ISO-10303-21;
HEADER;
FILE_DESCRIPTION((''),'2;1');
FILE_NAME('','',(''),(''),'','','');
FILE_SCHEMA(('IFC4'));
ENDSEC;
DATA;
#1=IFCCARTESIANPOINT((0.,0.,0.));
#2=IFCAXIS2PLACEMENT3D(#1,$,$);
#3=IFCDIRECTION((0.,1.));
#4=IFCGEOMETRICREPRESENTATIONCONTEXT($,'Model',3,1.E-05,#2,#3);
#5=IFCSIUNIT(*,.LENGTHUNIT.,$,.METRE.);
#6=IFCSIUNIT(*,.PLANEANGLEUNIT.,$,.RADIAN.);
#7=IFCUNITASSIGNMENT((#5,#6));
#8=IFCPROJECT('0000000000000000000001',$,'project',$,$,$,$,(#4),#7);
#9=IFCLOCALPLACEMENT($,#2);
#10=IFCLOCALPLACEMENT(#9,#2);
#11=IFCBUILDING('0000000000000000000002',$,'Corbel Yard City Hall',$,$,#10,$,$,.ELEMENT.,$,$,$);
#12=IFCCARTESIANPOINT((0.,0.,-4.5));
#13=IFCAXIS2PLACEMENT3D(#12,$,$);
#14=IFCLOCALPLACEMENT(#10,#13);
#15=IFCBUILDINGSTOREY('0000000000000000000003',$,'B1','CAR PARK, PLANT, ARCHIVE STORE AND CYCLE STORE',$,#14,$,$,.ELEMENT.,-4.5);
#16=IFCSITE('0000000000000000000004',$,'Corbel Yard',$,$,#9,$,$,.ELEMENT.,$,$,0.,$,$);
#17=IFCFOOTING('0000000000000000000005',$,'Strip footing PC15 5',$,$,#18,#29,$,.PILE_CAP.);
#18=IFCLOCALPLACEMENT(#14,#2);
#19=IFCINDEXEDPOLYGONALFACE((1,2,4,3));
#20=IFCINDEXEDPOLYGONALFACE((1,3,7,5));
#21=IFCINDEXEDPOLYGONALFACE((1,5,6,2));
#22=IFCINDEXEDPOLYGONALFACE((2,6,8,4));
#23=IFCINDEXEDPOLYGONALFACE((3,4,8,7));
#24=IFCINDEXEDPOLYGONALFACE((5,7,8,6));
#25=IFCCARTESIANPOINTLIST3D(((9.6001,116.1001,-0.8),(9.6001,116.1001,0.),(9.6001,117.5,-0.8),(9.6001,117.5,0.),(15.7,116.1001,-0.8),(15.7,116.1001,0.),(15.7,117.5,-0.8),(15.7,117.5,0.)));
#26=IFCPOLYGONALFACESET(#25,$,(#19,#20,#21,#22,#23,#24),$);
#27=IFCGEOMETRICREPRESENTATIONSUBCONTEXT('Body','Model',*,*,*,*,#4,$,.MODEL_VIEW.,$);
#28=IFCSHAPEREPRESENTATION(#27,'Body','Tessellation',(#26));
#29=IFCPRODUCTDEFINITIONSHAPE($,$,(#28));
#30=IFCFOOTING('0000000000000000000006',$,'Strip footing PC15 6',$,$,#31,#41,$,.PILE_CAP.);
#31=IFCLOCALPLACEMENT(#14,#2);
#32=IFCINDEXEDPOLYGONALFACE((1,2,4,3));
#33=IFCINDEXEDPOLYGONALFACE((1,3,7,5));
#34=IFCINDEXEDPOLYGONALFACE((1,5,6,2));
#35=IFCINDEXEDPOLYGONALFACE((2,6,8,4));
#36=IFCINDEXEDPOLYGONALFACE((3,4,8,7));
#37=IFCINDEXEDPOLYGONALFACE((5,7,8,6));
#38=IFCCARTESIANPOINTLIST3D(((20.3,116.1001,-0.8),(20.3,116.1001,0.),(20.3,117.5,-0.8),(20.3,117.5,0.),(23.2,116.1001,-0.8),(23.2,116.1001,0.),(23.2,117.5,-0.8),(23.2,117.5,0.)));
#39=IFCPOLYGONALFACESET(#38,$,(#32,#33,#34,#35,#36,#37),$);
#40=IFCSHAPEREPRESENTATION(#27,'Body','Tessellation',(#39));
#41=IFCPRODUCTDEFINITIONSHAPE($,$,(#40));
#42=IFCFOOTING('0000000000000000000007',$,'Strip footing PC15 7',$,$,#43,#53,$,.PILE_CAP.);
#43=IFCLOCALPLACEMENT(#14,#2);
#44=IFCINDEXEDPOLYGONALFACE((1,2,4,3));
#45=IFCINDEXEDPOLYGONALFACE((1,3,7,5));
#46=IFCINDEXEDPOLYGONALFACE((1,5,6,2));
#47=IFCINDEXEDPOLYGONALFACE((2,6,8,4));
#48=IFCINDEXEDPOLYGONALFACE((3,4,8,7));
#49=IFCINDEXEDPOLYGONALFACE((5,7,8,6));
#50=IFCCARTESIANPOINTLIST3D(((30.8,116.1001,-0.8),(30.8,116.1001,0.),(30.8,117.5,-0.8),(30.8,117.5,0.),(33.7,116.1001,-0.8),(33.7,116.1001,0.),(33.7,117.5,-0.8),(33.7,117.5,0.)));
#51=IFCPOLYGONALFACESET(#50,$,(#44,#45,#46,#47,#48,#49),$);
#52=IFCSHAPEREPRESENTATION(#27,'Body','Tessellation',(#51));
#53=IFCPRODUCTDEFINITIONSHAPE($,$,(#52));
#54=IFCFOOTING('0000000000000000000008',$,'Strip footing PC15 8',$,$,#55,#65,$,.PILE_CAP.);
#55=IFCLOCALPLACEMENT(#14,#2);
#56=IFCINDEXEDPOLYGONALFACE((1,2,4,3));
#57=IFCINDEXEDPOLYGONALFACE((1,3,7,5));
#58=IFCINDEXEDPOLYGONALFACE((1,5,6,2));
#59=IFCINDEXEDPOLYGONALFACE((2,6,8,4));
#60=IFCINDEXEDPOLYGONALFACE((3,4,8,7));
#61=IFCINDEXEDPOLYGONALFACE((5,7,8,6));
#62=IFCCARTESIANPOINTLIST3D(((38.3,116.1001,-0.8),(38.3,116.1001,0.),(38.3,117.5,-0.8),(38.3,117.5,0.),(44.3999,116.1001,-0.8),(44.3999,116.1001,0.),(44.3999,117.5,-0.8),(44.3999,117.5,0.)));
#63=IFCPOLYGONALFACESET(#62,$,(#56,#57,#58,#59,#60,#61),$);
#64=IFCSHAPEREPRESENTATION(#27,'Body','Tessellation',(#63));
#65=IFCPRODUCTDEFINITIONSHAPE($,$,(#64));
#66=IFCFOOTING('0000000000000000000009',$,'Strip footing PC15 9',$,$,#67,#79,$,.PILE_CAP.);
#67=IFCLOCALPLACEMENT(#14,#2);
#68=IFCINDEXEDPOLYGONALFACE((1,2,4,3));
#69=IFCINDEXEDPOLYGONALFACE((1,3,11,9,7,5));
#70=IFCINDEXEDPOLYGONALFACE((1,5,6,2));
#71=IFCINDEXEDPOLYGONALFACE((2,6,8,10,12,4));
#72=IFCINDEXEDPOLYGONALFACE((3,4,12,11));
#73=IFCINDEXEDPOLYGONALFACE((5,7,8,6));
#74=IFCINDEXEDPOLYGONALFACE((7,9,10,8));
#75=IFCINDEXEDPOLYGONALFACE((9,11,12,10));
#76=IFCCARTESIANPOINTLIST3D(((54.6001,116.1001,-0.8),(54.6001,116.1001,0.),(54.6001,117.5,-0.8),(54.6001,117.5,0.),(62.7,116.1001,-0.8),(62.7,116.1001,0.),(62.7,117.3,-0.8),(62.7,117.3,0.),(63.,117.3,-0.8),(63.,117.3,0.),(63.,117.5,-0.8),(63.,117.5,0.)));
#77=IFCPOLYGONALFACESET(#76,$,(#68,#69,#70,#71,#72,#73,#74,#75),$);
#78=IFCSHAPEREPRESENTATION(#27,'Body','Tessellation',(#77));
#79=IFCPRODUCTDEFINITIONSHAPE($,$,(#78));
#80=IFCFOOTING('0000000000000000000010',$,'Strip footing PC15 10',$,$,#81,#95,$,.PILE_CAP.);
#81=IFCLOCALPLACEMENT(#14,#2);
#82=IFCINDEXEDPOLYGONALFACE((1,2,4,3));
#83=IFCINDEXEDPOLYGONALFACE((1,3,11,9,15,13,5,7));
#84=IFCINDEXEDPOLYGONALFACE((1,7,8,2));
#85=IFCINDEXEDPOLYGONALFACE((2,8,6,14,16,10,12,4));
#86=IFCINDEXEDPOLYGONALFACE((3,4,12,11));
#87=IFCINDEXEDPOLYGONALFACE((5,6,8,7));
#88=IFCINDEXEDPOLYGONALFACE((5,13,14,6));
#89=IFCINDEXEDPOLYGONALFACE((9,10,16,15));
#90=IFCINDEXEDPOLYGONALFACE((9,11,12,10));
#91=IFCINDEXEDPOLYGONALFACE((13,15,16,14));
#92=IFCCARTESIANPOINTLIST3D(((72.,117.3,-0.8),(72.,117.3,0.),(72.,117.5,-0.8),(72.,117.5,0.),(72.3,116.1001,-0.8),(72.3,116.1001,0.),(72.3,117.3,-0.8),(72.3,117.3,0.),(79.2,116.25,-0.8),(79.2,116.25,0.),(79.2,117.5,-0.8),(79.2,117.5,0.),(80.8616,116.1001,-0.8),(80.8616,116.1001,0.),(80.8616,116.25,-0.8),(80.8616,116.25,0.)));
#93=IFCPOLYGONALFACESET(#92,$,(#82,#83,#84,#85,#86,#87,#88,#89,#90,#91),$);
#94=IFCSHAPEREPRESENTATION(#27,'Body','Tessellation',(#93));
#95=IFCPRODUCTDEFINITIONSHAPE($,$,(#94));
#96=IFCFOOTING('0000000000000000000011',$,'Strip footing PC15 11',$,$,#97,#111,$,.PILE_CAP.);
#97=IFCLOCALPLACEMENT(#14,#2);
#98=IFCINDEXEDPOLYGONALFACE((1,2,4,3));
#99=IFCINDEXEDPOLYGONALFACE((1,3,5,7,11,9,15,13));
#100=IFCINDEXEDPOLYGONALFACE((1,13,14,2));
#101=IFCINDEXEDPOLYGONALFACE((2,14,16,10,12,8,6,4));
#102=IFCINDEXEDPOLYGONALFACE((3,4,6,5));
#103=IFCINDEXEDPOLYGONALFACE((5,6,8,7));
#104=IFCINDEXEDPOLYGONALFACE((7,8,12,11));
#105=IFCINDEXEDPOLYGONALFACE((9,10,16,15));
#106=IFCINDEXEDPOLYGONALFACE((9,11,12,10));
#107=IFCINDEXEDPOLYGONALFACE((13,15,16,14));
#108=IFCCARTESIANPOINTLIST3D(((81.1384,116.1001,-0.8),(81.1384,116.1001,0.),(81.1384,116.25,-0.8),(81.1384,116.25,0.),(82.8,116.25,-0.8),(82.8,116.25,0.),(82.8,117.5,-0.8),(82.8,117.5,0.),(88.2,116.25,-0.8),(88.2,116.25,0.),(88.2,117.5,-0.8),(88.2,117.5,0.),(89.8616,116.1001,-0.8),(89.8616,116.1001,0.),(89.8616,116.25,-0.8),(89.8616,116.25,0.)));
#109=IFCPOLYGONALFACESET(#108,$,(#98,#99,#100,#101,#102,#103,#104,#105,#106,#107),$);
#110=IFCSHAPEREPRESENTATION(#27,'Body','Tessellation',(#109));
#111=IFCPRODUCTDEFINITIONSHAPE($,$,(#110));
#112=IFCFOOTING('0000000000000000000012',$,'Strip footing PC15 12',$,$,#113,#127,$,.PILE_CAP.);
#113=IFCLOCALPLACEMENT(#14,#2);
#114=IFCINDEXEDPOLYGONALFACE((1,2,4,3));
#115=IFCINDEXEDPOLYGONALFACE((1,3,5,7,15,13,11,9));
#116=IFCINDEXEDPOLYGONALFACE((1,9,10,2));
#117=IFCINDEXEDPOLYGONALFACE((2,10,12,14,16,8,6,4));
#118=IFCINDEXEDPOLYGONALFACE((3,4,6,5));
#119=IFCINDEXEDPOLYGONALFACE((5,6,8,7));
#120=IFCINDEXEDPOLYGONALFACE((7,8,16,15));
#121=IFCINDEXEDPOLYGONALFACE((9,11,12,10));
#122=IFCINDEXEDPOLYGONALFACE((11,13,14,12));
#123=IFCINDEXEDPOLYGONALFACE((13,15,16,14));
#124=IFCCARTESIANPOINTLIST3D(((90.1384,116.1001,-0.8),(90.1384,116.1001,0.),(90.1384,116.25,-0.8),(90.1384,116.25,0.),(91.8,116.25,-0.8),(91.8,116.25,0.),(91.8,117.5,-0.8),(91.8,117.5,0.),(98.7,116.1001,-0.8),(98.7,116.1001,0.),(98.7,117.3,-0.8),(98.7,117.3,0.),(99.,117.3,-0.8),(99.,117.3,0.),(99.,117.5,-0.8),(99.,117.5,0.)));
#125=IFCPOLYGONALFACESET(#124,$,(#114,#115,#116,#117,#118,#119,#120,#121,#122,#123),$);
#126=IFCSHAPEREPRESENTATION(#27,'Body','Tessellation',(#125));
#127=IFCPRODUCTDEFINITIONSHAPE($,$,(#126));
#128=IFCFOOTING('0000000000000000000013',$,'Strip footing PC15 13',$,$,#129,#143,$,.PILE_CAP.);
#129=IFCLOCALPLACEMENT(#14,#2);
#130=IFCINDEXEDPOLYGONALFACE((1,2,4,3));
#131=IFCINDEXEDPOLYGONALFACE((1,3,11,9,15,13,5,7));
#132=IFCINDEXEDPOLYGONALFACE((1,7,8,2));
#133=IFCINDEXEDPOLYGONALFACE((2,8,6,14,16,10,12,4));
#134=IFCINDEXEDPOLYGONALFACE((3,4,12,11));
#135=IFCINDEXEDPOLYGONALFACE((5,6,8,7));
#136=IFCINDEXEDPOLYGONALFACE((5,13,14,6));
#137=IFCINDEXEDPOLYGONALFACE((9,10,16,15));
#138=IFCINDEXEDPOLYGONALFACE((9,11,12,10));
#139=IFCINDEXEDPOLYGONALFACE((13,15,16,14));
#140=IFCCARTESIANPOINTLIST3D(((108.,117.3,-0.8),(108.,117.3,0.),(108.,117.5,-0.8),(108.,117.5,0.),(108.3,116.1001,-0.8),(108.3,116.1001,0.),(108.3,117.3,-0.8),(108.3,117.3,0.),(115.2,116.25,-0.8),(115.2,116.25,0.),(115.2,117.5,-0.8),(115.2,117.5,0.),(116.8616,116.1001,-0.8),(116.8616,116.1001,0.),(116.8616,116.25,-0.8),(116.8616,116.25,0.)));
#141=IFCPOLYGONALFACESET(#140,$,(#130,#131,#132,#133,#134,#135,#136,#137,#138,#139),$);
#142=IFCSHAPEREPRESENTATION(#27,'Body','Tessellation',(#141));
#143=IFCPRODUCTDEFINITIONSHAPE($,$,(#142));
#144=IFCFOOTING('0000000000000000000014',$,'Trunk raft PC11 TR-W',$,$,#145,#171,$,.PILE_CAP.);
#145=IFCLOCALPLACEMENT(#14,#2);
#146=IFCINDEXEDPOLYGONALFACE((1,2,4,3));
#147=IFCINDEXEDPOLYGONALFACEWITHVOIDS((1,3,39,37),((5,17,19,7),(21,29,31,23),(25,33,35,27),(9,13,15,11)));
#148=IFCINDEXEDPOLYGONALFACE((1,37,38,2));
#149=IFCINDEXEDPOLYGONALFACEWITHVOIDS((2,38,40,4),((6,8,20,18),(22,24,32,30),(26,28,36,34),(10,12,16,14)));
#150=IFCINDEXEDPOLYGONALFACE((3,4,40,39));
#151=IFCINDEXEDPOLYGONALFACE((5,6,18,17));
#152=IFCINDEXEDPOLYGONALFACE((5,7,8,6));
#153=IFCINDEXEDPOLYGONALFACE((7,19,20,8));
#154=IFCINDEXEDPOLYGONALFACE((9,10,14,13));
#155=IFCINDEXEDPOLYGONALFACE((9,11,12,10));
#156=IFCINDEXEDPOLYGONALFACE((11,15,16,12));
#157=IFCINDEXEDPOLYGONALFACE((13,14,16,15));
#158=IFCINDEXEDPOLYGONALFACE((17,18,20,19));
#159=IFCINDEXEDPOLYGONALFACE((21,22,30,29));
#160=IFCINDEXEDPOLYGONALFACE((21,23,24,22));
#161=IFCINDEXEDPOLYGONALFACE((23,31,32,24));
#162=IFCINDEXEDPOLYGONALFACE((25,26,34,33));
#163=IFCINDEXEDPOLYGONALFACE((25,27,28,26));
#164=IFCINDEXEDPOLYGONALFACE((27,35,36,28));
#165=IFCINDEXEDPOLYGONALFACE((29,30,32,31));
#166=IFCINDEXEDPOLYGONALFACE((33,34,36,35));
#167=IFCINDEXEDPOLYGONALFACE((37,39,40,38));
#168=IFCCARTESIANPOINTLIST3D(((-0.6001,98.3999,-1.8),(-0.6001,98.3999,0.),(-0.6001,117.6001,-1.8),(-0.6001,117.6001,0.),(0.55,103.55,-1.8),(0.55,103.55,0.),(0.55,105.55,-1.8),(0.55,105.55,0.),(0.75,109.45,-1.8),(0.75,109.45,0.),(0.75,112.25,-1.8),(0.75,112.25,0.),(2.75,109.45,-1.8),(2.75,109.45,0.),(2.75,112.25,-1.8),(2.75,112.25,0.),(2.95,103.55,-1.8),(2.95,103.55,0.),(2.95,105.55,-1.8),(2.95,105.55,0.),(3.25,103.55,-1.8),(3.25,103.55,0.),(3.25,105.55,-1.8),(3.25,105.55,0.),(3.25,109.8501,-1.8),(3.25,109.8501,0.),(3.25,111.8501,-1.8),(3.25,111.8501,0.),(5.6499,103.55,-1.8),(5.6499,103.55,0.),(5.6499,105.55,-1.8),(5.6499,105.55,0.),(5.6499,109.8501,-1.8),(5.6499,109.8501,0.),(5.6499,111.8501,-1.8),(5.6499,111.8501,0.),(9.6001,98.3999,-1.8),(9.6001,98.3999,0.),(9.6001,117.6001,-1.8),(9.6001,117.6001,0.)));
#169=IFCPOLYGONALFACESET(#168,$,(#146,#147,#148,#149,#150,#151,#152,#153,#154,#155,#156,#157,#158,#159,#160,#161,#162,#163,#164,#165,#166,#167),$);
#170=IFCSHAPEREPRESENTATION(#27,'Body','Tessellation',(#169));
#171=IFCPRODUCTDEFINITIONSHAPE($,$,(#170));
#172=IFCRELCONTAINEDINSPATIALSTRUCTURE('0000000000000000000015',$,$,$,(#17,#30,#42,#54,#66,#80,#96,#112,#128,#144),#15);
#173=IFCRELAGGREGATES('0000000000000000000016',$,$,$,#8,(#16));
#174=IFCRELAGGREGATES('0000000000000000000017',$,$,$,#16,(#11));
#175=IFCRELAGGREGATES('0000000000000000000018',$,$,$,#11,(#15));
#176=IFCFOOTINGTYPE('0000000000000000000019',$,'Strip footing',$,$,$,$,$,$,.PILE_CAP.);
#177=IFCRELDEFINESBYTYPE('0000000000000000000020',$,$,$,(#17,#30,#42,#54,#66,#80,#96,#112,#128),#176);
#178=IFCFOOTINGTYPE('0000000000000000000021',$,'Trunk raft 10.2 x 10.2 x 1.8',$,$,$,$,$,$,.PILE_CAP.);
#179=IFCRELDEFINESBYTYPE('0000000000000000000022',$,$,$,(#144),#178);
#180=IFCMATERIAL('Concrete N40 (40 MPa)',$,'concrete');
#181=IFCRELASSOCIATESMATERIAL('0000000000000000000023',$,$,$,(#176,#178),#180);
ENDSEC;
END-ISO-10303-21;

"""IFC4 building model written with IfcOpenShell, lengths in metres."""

from ifc_helpers import new_model, si_unit, direction, frame, origin, place, context, subcontext, project, spatial, polyline, outline, extrude, material, type_object, element, save


model = new_model("IFC4")

# Units and contexts
model_context = context("Model", 3, precision=1e-05, world=origin(), true_north=direction((0.0, 1.0)))
body_context = subcontext(model_context, "Body", "Model", "MODEL_VIEW")
ifc_project = project(units=[si_unit("LENGTHUNIT", "METRE"), si_unit("PLANEANGLEUNIT", "RADIAN")], contexts=[model_context])

# Site, building, storey
site_placement = place(None, origin())
site = spatial("IfcSite", under=ifc_project, at=site_placement, Name="Corbel Yard", CompositionType="ELEMENT", RefElevation=0.0)
building_placement = place(site_placement, origin())
building = spatial("IfcBuilding", under=site, at=building_placement, Name="Corbel Yard City Hall", CompositionType="ELEMENT")
storey_placement = place(building_placement, frame((0.0, 0.0, -4.5)))
storey = spatial("IfcBuildingStorey", under=building, at=storey_placement, Name="B1", Description="CAR PARK, PLANT, ARCHIVE STORE AND CYCLE STORE", CompositionType="ELEMENT", Elevation=-4.5)

# Footings
ifc_material = material(Name="Concrete N40 (40 MPa)", Category="concrete")
footing_type_1 = type_object("IfcFootingType", Name="Strip footing", PredefinedType="PILE_CAP", material=ifc_material)
footing_1_placement = place(storey_placement, frame((0.0, 0.0, -0.8)))
element("IfcFooting", 1, at=footing_1_placement, inside=storey, type_object=footing_type_1, Name="Strip footing PC15 5", PredefinedType="PILE_CAP", context=body_context, shape_type="SweptSolid", body=[
    extrude(outline(polyline([(15.7, 117.5), (9.6001, 117.5), (9.6001, 116.1001), (15.7, 116.1001), (15.7, 117.5)])), origin(), (0.0, 0.0, 1.0), 0.8),
])
footing_2_placement = place(storey_placement, frame((0.0, 0.0, -0.8)))
element("IfcFooting", 2, at=footing_2_placement, inside=storey, type_object=footing_type_1, Name="Strip footing PC15 6", PredefinedType="PILE_CAP", context=body_context, shape_type="SweptSolid", body=[
    extrude(outline(polyline([(23.2, 117.5), (20.3, 117.5), (20.3, 116.1001), (23.2, 116.1001), (23.2, 117.5)])), origin(), (0.0, 0.0, 1.0), 0.8),
])
footing_3_placement = place(storey_placement, frame((0.0, 0.0, -0.8)))
element("IfcFooting", 3, at=footing_3_placement, inside=storey, type_object=footing_type_1, Name="Strip footing PC15 7", PredefinedType="PILE_CAP", context=body_context, shape_type="SweptSolid", body=[
    extrude(outline(polyline([(30.8, 117.5), (30.8, 116.1001), (33.7, 116.1001), (33.7, 117.5), (30.8, 117.5)])), origin(), (0.0, 0.0, 1.0), 0.8),
])
footing_4_placement = place(storey_placement, frame((0.0, 0.0, -0.8)))
element("IfcFooting", 4, at=footing_4_placement, inside=storey, type_object=footing_type_1, Name="Strip footing PC15 8", PredefinedType="PILE_CAP", context=body_context, shape_type="SweptSolid", body=[
    extrude(outline(polyline([(38.3, 117.5), (38.3, 116.1001), (44.3999, 116.1001), (44.3999, 117.5), (38.3, 117.5)])), origin(), (0.0, 0.0, 1.0), 0.8),
])
footing_5_placement = place(storey_placement, frame((0.0, 0.0, -0.8)))
element("IfcFooting", 5, at=footing_5_placement, inside=storey, type_object=footing_type_1, Name="Strip footing PC15 9", PredefinedType="PILE_CAP", context=body_context, shape_type="SweptSolid", body=[
    extrude(outline(polyline([(63.0, 117.3), (63.0, 117.5), (54.6001, 117.5), (54.6001, 116.1001), (62.7, 116.1001), (62.7, 117.3), (63.0, 117.3)])), origin(), (0.0, 0.0, 1.0), 0.8),
])
footing_6_placement = place(storey_placement, frame((0.0, 0.0, -0.8)))
element("IfcFooting", 6, at=footing_6_placement, inside=storey, type_object=footing_type_1, Name="Strip footing PC15 10", PredefinedType="PILE_CAP", context=body_context, shape_type="SweptSolid", body=[
    extrude(outline(polyline([(80.8616, 116.25), (79.2, 116.25), (79.2, 117.5), (72.0, 117.5), (72.0, 117.3), (72.3, 117.3), (72.3, 116.1001), (80.8616, 116.1001), (80.8616, 116.25)])), origin(), (0.0, 0.0, 1.0), 0.8),
])
footing_7_placement = place(storey_placement, frame((0.0, 0.0, -0.8)))
element("IfcFooting", 7, at=footing_7_placement, inside=storey, type_object=footing_type_1, Name="Strip footing PC15 11", PredefinedType="PILE_CAP", context=body_context, shape_type="SweptSolid", body=[
    extrude(outline(polyline([(89.8616, 116.25), (88.2, 116.25), (88.2, 117.5), (82.8, 117.5), (82.8, 116.25), (81.1384, 116.25), (81.1384, 116.1001), (89.8616, 116.1001), (89.8616, 116.25)])), origin(), (0.0, 0.0, 1.0), 0.8),
])
footing_8_placement = place(storey_placement, frame((0.0, 0.0, -0.8)))
element("IfcFooting", 8, at=footing_8_placement, inside=storey, type_object=footing_type_1, Name="Strip footing PC15 12", PredefinedType="PILE_CAP", context=body_context, shape_type="SweptSolid", body=[
    extrude(outline(polyline([(99.0, 117.3), (99.0, 117.5), (91.8, 117.5), (91.8, 116.25), (90.1384, 116.25), (90.1384, 116.1001), (98.7, 116.1001), (98.7, 117.3), (99.0, 117.3)])), origin(), (0.0, 0.0, 1.0), 0.8),
])
footing_9_placement = place(storey_placement, frame((0.0, 0.0, -0.8)))
element("IfcFooting", 9, at=footing_9_placement, inside=storey, type_object=footing_type_1, Name="Strip footing PC15 13", PredefinedType="PILE_CAP", context=body_context, shape_type="SweptSolid", body=[
    extrude(outline(polyline([(115.2, 117.5), (108.0, 117.5), (108.0, 117.3), (108.3, 117.3), (108.3, 116.1001), (116.8616, 116.1001), (116.8616, 116.25), (115.2, 116.25), (115.2, 117.5)])), origin(), (0.0, 0.0, 1.0), 0.8),
])
footing_type_2 = type_object("IfcFootingType", Name="Trunk raft 10.2 x 10.2 x 1.8", PredefinedType="PILE_CAP", material=ifc_material)
footing_10_placement = place(storey_placement, frame((0.0, 0.0, -1.8)))
element("IfcFooting", 10, at=footing_10_placement, inside=storey, type_object=footing_type_2, Name="Trunk raft PC11 TR-W", PredefinedType="PILE_CAP", context=body_context, shape_type="SweptSolid", body=[
    extrude(outline(polyline([(9.6001, 98.3999), (9.6001, 117.6001), (-0.6001, 117.6001), (-0.6001, 98.3999), (9.6001, 98.3999)]), holes=[polyline([(3.25, 103.55), (3.25, 105.55), (5.6499, 105.55), (5.6499, 103.55), (3.25, 103.55)]), polyline([(0.55, 103.55), (0.55, 105.55), (2.95, 105.55), (2.95, 103.55), (0.55, 103.55)]), polyline([(3.25, 109.8501), (3.25, 111.8501), (5.6499, 111.8501), (5.6499, 109.8501), (3.25, 109.8501)]), polyline([(0.75, 109.45), (0.75, 112.25), (2.75, 112.25), (2.75, 109.45), (0.75, 109.45)])]), origin(), (0.0, 0.0, 1.0), 1.8),
])

save(model, "model.ifc")
